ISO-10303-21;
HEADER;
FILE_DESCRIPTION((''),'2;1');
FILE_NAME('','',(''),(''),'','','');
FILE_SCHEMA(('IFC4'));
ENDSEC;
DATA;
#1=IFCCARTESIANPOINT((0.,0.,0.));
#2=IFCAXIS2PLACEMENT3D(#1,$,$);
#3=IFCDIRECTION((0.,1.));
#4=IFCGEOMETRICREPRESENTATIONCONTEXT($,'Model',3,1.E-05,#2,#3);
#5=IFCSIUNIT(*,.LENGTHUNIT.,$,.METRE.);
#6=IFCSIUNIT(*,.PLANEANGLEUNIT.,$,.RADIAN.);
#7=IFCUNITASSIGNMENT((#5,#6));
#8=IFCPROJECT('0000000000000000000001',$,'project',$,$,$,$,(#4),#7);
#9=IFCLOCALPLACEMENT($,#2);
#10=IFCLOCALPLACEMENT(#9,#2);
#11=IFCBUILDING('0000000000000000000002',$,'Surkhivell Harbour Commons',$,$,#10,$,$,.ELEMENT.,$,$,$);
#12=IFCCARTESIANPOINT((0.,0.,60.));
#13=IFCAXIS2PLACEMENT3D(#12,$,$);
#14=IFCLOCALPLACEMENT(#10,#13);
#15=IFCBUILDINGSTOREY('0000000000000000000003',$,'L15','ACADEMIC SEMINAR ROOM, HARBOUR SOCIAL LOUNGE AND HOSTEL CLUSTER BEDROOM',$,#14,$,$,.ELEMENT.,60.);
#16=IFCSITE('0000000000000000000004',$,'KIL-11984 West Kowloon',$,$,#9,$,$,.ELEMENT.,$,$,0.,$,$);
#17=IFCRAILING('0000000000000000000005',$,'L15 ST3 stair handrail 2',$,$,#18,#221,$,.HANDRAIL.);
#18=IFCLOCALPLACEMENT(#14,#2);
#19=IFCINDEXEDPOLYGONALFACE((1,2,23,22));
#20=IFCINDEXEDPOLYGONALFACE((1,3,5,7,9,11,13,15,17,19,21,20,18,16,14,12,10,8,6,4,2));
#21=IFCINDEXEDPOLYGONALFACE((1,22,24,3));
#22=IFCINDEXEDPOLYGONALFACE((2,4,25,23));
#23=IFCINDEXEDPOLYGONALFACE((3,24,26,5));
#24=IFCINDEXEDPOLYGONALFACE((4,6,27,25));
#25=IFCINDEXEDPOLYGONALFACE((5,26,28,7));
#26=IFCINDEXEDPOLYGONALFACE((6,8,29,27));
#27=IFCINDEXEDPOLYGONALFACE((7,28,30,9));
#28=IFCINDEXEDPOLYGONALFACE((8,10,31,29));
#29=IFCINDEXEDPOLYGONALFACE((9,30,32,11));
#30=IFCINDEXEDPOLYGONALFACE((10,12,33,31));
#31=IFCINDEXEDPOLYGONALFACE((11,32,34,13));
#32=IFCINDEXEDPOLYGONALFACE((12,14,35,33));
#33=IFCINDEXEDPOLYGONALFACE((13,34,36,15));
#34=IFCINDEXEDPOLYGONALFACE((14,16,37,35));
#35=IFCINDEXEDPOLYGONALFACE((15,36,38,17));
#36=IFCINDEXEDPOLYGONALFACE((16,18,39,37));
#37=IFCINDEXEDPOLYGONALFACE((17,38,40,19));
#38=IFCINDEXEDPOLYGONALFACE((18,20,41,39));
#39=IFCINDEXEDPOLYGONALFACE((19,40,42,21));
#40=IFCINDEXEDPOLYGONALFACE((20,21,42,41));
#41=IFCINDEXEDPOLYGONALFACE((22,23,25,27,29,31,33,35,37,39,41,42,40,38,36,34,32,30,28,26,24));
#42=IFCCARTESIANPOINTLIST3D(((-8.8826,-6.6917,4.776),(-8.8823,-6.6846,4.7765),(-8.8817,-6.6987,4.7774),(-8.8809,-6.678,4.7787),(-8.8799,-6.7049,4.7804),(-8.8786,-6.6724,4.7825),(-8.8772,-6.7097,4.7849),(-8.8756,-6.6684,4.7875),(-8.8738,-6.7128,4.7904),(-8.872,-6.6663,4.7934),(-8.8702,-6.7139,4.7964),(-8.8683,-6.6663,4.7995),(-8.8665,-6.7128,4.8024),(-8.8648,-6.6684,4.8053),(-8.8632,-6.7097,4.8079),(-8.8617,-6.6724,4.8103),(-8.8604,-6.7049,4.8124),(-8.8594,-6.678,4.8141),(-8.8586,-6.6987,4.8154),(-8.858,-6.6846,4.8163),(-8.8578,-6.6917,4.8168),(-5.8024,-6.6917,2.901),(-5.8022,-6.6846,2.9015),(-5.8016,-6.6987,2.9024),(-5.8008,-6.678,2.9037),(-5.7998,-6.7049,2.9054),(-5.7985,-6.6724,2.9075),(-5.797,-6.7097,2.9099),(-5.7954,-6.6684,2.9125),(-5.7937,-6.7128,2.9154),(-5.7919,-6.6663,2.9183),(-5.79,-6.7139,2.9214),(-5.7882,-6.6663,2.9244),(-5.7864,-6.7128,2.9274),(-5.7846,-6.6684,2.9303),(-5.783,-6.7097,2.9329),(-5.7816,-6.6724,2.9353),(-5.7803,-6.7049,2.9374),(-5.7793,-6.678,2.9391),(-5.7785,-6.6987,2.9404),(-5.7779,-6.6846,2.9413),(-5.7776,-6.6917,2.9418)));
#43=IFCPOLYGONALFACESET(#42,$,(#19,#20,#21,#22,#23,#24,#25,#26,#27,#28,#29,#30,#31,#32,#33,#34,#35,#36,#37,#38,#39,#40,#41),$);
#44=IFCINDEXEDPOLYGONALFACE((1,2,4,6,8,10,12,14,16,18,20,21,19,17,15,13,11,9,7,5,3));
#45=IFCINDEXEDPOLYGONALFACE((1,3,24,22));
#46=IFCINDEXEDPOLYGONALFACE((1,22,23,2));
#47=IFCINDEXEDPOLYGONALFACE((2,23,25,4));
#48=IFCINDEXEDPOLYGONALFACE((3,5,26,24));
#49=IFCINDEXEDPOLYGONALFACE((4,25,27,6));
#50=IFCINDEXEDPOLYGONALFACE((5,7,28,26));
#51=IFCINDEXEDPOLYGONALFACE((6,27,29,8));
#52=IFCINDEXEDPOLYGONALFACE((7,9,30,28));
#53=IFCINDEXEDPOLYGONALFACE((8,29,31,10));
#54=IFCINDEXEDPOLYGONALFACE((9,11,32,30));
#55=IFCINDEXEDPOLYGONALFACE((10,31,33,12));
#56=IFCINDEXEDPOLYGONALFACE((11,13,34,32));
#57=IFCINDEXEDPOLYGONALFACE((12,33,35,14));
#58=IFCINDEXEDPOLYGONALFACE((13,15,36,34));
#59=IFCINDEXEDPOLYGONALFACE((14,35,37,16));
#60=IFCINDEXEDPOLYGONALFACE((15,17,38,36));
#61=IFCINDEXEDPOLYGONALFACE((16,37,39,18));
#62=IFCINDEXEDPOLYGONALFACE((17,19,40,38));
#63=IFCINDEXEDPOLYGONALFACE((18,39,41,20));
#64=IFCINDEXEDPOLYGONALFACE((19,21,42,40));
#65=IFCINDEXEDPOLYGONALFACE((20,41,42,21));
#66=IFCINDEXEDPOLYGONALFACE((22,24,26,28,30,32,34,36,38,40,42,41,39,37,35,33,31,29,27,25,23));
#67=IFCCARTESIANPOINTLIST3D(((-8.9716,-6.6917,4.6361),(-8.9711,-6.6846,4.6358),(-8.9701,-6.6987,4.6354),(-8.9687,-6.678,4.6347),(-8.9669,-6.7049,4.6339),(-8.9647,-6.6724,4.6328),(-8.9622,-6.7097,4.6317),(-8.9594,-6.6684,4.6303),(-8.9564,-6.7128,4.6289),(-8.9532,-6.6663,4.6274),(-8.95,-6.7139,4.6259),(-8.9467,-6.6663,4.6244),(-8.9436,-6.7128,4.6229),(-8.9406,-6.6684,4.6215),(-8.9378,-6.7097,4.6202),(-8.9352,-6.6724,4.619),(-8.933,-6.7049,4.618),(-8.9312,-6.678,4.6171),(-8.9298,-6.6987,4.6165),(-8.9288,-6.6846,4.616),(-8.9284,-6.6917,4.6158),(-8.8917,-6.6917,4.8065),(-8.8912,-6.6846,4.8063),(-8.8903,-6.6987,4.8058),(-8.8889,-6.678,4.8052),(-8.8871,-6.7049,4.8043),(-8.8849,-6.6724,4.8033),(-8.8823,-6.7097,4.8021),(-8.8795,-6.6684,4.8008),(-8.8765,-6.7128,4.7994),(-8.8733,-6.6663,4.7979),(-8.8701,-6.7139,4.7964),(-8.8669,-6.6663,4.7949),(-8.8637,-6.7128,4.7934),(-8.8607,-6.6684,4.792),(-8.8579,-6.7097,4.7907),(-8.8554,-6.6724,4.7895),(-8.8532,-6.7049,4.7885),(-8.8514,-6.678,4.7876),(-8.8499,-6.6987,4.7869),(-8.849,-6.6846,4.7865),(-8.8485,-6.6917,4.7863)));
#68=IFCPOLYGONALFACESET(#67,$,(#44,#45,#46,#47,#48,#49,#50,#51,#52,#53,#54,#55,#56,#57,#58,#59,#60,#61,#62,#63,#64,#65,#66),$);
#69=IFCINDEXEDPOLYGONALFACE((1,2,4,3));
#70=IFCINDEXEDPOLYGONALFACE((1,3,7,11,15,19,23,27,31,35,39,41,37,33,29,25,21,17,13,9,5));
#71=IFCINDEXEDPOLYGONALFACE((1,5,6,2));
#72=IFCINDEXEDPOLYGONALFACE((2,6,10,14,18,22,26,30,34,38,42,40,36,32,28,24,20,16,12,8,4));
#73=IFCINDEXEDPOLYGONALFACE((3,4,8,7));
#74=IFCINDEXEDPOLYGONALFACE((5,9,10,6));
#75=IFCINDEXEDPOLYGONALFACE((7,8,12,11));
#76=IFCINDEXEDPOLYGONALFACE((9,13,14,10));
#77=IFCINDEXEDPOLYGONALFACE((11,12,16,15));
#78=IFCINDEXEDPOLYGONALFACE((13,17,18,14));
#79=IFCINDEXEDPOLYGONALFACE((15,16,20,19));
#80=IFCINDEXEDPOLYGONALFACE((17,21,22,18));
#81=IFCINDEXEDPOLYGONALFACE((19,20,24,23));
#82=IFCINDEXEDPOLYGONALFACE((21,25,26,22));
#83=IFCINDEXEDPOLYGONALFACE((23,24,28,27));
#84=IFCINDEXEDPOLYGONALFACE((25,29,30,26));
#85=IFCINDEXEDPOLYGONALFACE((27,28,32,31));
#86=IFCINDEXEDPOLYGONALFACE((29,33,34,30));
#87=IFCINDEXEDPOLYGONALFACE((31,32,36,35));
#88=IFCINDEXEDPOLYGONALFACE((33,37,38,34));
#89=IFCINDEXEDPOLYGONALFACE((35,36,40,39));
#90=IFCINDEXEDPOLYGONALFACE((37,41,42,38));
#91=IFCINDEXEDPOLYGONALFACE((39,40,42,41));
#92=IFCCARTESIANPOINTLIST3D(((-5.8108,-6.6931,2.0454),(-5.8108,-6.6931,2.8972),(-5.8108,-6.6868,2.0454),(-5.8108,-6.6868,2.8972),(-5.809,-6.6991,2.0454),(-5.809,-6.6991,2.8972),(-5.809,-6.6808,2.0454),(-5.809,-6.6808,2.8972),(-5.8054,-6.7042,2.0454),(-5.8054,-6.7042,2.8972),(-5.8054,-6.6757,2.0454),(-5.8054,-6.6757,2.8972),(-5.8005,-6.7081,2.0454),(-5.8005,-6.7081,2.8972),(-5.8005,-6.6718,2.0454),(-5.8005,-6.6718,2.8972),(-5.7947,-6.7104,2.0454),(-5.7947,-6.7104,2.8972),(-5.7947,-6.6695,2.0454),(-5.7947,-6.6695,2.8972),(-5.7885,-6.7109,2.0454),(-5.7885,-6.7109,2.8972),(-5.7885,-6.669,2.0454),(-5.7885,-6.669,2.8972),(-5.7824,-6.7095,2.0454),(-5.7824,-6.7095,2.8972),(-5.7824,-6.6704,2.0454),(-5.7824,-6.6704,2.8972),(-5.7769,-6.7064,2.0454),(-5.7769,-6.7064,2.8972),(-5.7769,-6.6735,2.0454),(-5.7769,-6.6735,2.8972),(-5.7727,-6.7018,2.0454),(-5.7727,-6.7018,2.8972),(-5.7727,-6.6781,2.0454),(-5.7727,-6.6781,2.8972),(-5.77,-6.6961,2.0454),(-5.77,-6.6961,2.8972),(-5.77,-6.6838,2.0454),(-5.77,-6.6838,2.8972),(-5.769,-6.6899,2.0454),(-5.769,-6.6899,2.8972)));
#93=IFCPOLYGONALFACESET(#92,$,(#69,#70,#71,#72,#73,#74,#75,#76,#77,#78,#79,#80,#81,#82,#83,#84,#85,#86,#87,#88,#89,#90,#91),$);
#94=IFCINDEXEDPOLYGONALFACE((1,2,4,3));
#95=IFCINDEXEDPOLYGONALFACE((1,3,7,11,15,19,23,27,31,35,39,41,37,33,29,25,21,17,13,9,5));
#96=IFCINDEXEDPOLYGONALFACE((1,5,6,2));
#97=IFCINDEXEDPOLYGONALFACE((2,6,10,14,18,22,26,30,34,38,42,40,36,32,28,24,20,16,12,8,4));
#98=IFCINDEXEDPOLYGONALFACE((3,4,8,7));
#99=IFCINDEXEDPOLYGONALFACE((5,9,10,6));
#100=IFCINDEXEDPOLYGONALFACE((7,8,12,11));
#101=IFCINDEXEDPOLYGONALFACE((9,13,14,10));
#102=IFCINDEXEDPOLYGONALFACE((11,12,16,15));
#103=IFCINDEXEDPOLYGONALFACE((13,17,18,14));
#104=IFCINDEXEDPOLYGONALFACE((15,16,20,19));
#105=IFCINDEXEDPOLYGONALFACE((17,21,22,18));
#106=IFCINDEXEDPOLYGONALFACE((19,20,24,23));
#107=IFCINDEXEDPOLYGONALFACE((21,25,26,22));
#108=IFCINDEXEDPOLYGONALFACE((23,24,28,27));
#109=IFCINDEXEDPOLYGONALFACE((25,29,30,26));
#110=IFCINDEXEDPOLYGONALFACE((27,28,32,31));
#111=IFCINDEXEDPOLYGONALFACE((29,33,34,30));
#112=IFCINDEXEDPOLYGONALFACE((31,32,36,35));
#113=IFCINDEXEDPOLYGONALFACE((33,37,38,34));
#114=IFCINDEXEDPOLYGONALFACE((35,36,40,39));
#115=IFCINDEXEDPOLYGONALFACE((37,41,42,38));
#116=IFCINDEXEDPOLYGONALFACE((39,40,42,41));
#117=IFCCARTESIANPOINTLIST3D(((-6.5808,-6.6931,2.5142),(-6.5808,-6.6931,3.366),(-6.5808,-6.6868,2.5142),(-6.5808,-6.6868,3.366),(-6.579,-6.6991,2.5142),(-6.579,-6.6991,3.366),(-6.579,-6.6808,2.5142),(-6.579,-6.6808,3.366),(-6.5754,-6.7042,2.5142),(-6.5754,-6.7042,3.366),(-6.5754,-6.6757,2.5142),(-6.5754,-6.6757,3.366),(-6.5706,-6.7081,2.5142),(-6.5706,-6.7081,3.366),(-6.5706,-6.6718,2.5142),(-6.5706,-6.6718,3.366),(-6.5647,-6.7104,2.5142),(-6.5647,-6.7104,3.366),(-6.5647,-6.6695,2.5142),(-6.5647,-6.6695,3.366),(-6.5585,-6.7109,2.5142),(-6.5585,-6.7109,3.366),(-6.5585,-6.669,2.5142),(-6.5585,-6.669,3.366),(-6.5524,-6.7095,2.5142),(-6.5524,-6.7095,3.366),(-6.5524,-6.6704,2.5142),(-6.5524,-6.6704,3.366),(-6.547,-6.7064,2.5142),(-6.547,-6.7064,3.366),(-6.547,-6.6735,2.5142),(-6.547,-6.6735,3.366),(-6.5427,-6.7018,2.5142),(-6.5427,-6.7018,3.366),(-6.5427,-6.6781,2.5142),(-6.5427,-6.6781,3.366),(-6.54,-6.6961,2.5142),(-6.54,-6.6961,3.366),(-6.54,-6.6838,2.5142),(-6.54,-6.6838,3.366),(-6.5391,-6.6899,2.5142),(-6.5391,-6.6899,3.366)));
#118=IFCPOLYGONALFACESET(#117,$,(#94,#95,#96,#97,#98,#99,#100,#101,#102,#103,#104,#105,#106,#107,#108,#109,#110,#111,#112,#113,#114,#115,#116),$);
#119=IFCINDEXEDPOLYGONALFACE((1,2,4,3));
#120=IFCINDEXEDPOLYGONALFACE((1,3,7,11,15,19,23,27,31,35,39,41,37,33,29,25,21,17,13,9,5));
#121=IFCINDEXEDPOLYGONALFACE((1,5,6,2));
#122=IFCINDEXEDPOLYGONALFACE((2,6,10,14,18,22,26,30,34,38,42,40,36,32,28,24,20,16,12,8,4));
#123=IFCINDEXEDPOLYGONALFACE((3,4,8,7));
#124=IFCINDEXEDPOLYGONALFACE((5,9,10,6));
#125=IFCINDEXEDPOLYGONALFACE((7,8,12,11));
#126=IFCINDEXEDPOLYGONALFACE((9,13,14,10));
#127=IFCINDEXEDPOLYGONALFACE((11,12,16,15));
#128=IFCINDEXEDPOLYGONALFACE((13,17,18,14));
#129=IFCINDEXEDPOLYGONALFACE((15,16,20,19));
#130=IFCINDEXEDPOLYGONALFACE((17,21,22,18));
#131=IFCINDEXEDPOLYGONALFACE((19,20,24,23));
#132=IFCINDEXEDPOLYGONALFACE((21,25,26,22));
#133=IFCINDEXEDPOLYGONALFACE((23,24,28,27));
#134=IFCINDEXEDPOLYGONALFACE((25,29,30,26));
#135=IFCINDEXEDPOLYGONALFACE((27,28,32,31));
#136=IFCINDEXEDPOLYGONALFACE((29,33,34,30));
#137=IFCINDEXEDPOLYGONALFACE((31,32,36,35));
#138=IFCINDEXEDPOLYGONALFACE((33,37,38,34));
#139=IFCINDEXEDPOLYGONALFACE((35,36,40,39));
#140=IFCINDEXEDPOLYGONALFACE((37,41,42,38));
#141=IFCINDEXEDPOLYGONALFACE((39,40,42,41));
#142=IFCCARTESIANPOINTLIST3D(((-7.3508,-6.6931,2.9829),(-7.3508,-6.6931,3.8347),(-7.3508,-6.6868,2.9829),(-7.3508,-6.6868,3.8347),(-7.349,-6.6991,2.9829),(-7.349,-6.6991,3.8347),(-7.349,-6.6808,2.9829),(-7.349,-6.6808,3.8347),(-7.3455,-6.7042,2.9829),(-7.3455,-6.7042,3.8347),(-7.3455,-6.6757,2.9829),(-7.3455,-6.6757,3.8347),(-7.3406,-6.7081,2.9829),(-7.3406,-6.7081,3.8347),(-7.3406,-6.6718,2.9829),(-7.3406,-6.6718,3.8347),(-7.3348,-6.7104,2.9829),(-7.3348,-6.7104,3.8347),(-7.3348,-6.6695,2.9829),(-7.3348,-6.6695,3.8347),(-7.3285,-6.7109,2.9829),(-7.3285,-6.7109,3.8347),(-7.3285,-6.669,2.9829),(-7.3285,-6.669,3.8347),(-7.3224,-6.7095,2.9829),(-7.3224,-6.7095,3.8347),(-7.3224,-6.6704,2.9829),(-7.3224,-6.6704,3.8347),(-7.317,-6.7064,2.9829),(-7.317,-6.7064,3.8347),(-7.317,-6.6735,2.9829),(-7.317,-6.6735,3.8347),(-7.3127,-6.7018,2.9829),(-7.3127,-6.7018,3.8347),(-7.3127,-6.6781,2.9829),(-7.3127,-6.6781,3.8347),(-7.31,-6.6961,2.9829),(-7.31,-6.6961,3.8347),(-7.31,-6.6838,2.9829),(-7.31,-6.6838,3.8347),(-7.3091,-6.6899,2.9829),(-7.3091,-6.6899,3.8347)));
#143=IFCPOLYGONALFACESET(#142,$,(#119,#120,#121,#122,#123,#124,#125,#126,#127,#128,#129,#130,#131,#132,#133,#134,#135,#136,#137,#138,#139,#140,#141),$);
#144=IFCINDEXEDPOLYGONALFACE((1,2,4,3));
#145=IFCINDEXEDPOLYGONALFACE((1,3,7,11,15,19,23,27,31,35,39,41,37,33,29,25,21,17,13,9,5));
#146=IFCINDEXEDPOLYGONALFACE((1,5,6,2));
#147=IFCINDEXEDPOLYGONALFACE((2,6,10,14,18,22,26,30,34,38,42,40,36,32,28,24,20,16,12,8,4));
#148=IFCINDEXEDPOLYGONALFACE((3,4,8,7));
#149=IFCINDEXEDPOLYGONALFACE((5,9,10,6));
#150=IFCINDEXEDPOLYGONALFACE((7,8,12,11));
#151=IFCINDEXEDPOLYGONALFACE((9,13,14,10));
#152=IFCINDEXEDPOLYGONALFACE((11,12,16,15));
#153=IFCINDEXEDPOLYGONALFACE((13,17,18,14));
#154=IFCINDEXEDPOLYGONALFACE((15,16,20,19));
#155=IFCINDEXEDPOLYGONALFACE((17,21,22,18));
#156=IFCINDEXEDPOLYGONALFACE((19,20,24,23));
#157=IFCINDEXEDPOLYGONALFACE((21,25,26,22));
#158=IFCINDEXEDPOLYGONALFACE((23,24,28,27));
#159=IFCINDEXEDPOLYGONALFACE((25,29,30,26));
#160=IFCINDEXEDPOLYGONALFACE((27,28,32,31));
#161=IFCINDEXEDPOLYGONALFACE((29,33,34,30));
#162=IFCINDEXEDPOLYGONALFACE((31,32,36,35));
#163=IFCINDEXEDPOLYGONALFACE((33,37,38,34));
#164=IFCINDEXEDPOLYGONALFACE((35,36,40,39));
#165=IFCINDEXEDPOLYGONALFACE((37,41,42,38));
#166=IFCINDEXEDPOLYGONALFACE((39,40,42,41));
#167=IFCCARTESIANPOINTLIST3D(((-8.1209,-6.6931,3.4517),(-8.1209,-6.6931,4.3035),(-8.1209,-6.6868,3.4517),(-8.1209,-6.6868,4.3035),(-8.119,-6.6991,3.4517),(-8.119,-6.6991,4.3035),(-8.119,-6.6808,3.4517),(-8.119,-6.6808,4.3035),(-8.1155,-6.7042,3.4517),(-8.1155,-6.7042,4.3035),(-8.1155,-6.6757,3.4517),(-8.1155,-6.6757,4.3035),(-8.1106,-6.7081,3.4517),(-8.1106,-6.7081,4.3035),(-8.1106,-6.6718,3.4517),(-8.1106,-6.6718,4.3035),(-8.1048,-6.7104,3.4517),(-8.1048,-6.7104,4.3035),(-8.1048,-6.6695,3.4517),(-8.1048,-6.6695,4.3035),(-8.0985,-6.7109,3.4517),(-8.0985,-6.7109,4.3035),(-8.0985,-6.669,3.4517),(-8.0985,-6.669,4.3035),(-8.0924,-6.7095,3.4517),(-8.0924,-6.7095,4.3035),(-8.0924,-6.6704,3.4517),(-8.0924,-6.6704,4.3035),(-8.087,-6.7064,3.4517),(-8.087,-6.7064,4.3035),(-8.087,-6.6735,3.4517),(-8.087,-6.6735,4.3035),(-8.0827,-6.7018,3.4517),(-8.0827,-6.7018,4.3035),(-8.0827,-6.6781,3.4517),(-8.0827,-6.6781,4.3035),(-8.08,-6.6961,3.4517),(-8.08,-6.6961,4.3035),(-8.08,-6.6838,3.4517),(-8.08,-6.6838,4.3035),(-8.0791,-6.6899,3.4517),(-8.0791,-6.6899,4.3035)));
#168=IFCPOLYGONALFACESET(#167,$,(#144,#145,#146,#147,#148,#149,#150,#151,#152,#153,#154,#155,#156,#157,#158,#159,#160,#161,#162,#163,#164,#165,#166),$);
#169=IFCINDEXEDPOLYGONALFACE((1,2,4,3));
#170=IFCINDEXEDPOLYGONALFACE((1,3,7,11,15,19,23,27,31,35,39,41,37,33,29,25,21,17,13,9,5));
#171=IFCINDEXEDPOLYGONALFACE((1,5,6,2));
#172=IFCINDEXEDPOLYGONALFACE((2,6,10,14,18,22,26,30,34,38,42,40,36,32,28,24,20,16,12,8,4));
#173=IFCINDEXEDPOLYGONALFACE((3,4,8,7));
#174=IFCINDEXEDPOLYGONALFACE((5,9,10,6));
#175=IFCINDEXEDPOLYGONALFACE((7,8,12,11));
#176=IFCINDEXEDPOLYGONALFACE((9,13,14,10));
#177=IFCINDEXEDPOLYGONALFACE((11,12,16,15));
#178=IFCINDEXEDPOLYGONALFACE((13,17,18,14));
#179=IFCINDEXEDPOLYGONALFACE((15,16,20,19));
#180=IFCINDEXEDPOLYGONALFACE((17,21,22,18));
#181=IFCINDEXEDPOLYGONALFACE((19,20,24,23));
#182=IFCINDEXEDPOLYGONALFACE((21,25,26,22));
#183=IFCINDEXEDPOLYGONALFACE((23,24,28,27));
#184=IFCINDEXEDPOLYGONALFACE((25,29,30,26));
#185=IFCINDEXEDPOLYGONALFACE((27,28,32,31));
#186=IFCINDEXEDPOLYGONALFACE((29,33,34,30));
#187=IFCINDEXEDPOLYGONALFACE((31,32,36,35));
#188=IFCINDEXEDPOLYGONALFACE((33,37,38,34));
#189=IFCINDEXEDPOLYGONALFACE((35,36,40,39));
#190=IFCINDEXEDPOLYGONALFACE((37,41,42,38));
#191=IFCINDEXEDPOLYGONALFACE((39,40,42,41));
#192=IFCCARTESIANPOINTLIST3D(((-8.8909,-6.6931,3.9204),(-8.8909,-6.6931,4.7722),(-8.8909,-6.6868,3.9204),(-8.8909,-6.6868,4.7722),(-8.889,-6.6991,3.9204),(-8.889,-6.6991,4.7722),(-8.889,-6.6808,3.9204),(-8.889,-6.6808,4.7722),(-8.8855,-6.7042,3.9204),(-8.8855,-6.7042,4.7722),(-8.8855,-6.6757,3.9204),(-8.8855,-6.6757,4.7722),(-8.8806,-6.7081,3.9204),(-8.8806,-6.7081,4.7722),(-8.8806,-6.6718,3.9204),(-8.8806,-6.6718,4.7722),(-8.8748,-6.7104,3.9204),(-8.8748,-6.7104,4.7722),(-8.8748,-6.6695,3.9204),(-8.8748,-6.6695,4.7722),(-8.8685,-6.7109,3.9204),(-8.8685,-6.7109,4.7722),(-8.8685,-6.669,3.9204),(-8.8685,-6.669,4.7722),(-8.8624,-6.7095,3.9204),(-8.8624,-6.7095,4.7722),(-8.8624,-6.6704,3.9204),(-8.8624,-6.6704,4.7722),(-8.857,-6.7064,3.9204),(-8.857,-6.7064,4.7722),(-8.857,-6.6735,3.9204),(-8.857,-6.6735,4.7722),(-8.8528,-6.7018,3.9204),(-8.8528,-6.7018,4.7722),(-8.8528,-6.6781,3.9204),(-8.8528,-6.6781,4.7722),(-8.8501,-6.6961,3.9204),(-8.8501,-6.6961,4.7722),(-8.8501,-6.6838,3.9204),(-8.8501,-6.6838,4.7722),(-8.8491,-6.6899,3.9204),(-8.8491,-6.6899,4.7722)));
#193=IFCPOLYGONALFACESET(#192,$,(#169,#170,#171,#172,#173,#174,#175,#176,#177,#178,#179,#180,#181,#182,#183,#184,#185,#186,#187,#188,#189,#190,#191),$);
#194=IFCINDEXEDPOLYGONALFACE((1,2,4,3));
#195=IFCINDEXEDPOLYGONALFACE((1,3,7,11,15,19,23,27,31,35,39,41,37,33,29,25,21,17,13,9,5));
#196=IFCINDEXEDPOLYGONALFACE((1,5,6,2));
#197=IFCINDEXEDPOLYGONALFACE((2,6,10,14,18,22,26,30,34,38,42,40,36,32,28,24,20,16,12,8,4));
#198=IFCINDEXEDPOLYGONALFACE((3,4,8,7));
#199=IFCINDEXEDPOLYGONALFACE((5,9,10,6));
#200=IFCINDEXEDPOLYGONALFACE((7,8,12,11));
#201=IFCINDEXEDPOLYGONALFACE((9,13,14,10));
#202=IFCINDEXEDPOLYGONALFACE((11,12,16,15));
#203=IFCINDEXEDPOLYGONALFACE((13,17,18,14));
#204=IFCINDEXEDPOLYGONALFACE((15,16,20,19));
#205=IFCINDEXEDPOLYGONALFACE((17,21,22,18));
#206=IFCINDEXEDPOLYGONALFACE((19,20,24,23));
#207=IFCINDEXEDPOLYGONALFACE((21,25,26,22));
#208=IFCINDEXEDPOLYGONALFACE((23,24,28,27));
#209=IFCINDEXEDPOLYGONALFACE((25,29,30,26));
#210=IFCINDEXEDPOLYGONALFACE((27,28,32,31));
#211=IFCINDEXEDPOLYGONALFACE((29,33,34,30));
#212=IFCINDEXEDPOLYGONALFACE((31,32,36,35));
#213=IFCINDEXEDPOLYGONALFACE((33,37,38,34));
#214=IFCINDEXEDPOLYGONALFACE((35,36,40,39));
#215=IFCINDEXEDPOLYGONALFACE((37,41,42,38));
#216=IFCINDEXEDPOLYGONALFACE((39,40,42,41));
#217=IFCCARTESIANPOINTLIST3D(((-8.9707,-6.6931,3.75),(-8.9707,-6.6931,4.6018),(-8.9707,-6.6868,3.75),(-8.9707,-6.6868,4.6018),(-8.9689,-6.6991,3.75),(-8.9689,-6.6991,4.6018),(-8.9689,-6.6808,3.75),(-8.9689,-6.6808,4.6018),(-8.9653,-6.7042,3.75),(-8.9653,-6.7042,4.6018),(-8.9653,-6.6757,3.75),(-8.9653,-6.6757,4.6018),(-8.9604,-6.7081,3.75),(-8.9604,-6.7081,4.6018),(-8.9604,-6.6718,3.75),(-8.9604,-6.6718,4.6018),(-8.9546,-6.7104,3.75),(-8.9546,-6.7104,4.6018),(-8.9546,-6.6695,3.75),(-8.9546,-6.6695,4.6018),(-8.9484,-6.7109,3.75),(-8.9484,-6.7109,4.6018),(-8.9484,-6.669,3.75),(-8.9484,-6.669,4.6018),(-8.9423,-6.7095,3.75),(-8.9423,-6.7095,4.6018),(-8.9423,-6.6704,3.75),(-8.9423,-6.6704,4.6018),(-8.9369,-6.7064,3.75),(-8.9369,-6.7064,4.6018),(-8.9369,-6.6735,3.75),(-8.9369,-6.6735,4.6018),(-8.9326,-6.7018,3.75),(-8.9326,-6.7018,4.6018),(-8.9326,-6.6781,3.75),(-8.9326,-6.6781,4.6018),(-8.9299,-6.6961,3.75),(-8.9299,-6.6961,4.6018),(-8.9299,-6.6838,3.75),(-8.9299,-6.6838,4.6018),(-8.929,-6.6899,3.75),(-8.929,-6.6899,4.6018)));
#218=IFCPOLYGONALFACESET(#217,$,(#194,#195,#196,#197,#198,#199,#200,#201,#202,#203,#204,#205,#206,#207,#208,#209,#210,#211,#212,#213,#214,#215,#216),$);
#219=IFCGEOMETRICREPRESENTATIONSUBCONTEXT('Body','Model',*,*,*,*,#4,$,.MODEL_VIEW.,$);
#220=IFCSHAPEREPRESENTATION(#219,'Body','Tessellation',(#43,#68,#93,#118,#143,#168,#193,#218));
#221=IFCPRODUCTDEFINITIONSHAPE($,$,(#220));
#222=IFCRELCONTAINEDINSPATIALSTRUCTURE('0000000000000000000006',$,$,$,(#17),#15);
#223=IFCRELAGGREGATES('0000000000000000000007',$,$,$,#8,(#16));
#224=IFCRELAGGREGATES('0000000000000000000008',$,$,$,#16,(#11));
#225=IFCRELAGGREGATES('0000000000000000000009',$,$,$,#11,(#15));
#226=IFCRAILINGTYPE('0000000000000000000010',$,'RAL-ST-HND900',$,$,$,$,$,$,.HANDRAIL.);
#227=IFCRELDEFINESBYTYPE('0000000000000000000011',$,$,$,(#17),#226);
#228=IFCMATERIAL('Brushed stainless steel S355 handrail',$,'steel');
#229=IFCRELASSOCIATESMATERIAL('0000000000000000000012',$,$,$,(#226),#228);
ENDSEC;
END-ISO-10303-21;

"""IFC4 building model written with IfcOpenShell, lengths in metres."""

from ifc_helpers import new_model, si_unit, direction, frame, origin, origin_2d, place, context, subcontext, project, spatial, circle, extrude, material, type_object, element, save


model = new_model("IFC4")

# Units and contexts
model_context = context("Model", 3, precision=1e-05, world=origin(), true_north=direction((0.0, 1.0)))
body_context = subcontext(model_context, "Body", "Model", "MODEL_VIEW")
ifc_project = project(units=[si_unit("LENGTHUNIT", "METRE"), si_unit("PLANEANGLEUNIT", "RADIAN")], contexts=[model_context])

# Site, building, storey
site_placement = place(None, origin())
site = spatial("IfcSite", under=ifc_project, at=site_placement, Name="KIL-11984 West Kowloon", CompositionType="ELEMENT", RefElevation=0.0)
building_placement = place(site_placement, origin())
building = spatial("IfcBuilding", under=site, at=building_placement, Name="Surkhivell Harbour Commons", CompositionType="ELEMENT")
storey_placement = place(building_placement, frame((0.0, 0.0, 60.0)))
storey = spatial("IfcBuildingStorey", under=building, at=storey_placement, Name="L15", Description="ACADEMIC SEMINAR ROOM, HARBOUR SOCIAL LOUNGE AND HOSTEL CLUSTER BEDROOM", CompositionType="ELEMENT", Elevation=60.0)

# Railing
ifc_material_1 = material(Name="Brushed stainless steel S355 handrail", Category="steel")
railing_type_1 = type_object("IfcRailingType", Name="RAL-ST-HND900", PredefinedType="HANDRAIL", material=ifc_material_1)
railing_1_placement = place(storey_placement, frame((-5.79, -6.6899, 2.0454)))
element("IfcRailing", 1, at=railing_1_placement, inside=storey, type_object=railing_type_1, Name="L15 ST3 stair handrail 2", PredefinedType="HANDRAIL", context=body_context, shape_type="SweptSolid", body=[
    extrude(circle(Radius=0.0239, at=origin_2d()), frame((0.0, 0.0, 0.876), z_axis=(-0.854178, 0.0, 0.519981), x_axis=(0.0, -1.0, 0.0)), (0.0, 0.0, 1.0), 3.606),
    extrude(circle(Radius=0.0239, at=origin_2d()), frame((-3.0801, 0.0, 2.751), z_axis=(-0.424234, 0.0, -0.905552), x_axis=(0.0, -1.0, 0.0)), (0.0, 0.0, 1.0), 0.1882),
    extrude(circle(Radius=0.021, at=origin_2d()), origin(), (0.0, 0.0, 1.0), 0.8518),
    extrude(circle(Radius=0.021, at=origin_2d()), frame((-0.77, 0.0, 0.4688)), (0.0, 0.0, 1.0), 0.8518),
    extrude(circle(Radius=0.021, at=origin_2d()), frame((-1.54, 0.0, 0.9375)), (0.0, 0.0, 1.0), 0.8518),
    extrude(circle(Radius=0.021, at=origin_2d()), frame((-2.3101, 0.0, 1.4062)), (0.0, 0.0, 1.0), 0.8518),
    extrude(circle(Radius=0.021, at=origin_2d()), frame((-3.0801, 0.0, 1.875)), (0.0, 0.0, 1.0), 0.8518),
    extrude(circle(Radius=0.021, at=origin_2d()), frame((-3.1599, 0.0, 1.7046)), (0.0, 0.0, 1.0), 0.8518),
])

save(model, "model.ifc")
